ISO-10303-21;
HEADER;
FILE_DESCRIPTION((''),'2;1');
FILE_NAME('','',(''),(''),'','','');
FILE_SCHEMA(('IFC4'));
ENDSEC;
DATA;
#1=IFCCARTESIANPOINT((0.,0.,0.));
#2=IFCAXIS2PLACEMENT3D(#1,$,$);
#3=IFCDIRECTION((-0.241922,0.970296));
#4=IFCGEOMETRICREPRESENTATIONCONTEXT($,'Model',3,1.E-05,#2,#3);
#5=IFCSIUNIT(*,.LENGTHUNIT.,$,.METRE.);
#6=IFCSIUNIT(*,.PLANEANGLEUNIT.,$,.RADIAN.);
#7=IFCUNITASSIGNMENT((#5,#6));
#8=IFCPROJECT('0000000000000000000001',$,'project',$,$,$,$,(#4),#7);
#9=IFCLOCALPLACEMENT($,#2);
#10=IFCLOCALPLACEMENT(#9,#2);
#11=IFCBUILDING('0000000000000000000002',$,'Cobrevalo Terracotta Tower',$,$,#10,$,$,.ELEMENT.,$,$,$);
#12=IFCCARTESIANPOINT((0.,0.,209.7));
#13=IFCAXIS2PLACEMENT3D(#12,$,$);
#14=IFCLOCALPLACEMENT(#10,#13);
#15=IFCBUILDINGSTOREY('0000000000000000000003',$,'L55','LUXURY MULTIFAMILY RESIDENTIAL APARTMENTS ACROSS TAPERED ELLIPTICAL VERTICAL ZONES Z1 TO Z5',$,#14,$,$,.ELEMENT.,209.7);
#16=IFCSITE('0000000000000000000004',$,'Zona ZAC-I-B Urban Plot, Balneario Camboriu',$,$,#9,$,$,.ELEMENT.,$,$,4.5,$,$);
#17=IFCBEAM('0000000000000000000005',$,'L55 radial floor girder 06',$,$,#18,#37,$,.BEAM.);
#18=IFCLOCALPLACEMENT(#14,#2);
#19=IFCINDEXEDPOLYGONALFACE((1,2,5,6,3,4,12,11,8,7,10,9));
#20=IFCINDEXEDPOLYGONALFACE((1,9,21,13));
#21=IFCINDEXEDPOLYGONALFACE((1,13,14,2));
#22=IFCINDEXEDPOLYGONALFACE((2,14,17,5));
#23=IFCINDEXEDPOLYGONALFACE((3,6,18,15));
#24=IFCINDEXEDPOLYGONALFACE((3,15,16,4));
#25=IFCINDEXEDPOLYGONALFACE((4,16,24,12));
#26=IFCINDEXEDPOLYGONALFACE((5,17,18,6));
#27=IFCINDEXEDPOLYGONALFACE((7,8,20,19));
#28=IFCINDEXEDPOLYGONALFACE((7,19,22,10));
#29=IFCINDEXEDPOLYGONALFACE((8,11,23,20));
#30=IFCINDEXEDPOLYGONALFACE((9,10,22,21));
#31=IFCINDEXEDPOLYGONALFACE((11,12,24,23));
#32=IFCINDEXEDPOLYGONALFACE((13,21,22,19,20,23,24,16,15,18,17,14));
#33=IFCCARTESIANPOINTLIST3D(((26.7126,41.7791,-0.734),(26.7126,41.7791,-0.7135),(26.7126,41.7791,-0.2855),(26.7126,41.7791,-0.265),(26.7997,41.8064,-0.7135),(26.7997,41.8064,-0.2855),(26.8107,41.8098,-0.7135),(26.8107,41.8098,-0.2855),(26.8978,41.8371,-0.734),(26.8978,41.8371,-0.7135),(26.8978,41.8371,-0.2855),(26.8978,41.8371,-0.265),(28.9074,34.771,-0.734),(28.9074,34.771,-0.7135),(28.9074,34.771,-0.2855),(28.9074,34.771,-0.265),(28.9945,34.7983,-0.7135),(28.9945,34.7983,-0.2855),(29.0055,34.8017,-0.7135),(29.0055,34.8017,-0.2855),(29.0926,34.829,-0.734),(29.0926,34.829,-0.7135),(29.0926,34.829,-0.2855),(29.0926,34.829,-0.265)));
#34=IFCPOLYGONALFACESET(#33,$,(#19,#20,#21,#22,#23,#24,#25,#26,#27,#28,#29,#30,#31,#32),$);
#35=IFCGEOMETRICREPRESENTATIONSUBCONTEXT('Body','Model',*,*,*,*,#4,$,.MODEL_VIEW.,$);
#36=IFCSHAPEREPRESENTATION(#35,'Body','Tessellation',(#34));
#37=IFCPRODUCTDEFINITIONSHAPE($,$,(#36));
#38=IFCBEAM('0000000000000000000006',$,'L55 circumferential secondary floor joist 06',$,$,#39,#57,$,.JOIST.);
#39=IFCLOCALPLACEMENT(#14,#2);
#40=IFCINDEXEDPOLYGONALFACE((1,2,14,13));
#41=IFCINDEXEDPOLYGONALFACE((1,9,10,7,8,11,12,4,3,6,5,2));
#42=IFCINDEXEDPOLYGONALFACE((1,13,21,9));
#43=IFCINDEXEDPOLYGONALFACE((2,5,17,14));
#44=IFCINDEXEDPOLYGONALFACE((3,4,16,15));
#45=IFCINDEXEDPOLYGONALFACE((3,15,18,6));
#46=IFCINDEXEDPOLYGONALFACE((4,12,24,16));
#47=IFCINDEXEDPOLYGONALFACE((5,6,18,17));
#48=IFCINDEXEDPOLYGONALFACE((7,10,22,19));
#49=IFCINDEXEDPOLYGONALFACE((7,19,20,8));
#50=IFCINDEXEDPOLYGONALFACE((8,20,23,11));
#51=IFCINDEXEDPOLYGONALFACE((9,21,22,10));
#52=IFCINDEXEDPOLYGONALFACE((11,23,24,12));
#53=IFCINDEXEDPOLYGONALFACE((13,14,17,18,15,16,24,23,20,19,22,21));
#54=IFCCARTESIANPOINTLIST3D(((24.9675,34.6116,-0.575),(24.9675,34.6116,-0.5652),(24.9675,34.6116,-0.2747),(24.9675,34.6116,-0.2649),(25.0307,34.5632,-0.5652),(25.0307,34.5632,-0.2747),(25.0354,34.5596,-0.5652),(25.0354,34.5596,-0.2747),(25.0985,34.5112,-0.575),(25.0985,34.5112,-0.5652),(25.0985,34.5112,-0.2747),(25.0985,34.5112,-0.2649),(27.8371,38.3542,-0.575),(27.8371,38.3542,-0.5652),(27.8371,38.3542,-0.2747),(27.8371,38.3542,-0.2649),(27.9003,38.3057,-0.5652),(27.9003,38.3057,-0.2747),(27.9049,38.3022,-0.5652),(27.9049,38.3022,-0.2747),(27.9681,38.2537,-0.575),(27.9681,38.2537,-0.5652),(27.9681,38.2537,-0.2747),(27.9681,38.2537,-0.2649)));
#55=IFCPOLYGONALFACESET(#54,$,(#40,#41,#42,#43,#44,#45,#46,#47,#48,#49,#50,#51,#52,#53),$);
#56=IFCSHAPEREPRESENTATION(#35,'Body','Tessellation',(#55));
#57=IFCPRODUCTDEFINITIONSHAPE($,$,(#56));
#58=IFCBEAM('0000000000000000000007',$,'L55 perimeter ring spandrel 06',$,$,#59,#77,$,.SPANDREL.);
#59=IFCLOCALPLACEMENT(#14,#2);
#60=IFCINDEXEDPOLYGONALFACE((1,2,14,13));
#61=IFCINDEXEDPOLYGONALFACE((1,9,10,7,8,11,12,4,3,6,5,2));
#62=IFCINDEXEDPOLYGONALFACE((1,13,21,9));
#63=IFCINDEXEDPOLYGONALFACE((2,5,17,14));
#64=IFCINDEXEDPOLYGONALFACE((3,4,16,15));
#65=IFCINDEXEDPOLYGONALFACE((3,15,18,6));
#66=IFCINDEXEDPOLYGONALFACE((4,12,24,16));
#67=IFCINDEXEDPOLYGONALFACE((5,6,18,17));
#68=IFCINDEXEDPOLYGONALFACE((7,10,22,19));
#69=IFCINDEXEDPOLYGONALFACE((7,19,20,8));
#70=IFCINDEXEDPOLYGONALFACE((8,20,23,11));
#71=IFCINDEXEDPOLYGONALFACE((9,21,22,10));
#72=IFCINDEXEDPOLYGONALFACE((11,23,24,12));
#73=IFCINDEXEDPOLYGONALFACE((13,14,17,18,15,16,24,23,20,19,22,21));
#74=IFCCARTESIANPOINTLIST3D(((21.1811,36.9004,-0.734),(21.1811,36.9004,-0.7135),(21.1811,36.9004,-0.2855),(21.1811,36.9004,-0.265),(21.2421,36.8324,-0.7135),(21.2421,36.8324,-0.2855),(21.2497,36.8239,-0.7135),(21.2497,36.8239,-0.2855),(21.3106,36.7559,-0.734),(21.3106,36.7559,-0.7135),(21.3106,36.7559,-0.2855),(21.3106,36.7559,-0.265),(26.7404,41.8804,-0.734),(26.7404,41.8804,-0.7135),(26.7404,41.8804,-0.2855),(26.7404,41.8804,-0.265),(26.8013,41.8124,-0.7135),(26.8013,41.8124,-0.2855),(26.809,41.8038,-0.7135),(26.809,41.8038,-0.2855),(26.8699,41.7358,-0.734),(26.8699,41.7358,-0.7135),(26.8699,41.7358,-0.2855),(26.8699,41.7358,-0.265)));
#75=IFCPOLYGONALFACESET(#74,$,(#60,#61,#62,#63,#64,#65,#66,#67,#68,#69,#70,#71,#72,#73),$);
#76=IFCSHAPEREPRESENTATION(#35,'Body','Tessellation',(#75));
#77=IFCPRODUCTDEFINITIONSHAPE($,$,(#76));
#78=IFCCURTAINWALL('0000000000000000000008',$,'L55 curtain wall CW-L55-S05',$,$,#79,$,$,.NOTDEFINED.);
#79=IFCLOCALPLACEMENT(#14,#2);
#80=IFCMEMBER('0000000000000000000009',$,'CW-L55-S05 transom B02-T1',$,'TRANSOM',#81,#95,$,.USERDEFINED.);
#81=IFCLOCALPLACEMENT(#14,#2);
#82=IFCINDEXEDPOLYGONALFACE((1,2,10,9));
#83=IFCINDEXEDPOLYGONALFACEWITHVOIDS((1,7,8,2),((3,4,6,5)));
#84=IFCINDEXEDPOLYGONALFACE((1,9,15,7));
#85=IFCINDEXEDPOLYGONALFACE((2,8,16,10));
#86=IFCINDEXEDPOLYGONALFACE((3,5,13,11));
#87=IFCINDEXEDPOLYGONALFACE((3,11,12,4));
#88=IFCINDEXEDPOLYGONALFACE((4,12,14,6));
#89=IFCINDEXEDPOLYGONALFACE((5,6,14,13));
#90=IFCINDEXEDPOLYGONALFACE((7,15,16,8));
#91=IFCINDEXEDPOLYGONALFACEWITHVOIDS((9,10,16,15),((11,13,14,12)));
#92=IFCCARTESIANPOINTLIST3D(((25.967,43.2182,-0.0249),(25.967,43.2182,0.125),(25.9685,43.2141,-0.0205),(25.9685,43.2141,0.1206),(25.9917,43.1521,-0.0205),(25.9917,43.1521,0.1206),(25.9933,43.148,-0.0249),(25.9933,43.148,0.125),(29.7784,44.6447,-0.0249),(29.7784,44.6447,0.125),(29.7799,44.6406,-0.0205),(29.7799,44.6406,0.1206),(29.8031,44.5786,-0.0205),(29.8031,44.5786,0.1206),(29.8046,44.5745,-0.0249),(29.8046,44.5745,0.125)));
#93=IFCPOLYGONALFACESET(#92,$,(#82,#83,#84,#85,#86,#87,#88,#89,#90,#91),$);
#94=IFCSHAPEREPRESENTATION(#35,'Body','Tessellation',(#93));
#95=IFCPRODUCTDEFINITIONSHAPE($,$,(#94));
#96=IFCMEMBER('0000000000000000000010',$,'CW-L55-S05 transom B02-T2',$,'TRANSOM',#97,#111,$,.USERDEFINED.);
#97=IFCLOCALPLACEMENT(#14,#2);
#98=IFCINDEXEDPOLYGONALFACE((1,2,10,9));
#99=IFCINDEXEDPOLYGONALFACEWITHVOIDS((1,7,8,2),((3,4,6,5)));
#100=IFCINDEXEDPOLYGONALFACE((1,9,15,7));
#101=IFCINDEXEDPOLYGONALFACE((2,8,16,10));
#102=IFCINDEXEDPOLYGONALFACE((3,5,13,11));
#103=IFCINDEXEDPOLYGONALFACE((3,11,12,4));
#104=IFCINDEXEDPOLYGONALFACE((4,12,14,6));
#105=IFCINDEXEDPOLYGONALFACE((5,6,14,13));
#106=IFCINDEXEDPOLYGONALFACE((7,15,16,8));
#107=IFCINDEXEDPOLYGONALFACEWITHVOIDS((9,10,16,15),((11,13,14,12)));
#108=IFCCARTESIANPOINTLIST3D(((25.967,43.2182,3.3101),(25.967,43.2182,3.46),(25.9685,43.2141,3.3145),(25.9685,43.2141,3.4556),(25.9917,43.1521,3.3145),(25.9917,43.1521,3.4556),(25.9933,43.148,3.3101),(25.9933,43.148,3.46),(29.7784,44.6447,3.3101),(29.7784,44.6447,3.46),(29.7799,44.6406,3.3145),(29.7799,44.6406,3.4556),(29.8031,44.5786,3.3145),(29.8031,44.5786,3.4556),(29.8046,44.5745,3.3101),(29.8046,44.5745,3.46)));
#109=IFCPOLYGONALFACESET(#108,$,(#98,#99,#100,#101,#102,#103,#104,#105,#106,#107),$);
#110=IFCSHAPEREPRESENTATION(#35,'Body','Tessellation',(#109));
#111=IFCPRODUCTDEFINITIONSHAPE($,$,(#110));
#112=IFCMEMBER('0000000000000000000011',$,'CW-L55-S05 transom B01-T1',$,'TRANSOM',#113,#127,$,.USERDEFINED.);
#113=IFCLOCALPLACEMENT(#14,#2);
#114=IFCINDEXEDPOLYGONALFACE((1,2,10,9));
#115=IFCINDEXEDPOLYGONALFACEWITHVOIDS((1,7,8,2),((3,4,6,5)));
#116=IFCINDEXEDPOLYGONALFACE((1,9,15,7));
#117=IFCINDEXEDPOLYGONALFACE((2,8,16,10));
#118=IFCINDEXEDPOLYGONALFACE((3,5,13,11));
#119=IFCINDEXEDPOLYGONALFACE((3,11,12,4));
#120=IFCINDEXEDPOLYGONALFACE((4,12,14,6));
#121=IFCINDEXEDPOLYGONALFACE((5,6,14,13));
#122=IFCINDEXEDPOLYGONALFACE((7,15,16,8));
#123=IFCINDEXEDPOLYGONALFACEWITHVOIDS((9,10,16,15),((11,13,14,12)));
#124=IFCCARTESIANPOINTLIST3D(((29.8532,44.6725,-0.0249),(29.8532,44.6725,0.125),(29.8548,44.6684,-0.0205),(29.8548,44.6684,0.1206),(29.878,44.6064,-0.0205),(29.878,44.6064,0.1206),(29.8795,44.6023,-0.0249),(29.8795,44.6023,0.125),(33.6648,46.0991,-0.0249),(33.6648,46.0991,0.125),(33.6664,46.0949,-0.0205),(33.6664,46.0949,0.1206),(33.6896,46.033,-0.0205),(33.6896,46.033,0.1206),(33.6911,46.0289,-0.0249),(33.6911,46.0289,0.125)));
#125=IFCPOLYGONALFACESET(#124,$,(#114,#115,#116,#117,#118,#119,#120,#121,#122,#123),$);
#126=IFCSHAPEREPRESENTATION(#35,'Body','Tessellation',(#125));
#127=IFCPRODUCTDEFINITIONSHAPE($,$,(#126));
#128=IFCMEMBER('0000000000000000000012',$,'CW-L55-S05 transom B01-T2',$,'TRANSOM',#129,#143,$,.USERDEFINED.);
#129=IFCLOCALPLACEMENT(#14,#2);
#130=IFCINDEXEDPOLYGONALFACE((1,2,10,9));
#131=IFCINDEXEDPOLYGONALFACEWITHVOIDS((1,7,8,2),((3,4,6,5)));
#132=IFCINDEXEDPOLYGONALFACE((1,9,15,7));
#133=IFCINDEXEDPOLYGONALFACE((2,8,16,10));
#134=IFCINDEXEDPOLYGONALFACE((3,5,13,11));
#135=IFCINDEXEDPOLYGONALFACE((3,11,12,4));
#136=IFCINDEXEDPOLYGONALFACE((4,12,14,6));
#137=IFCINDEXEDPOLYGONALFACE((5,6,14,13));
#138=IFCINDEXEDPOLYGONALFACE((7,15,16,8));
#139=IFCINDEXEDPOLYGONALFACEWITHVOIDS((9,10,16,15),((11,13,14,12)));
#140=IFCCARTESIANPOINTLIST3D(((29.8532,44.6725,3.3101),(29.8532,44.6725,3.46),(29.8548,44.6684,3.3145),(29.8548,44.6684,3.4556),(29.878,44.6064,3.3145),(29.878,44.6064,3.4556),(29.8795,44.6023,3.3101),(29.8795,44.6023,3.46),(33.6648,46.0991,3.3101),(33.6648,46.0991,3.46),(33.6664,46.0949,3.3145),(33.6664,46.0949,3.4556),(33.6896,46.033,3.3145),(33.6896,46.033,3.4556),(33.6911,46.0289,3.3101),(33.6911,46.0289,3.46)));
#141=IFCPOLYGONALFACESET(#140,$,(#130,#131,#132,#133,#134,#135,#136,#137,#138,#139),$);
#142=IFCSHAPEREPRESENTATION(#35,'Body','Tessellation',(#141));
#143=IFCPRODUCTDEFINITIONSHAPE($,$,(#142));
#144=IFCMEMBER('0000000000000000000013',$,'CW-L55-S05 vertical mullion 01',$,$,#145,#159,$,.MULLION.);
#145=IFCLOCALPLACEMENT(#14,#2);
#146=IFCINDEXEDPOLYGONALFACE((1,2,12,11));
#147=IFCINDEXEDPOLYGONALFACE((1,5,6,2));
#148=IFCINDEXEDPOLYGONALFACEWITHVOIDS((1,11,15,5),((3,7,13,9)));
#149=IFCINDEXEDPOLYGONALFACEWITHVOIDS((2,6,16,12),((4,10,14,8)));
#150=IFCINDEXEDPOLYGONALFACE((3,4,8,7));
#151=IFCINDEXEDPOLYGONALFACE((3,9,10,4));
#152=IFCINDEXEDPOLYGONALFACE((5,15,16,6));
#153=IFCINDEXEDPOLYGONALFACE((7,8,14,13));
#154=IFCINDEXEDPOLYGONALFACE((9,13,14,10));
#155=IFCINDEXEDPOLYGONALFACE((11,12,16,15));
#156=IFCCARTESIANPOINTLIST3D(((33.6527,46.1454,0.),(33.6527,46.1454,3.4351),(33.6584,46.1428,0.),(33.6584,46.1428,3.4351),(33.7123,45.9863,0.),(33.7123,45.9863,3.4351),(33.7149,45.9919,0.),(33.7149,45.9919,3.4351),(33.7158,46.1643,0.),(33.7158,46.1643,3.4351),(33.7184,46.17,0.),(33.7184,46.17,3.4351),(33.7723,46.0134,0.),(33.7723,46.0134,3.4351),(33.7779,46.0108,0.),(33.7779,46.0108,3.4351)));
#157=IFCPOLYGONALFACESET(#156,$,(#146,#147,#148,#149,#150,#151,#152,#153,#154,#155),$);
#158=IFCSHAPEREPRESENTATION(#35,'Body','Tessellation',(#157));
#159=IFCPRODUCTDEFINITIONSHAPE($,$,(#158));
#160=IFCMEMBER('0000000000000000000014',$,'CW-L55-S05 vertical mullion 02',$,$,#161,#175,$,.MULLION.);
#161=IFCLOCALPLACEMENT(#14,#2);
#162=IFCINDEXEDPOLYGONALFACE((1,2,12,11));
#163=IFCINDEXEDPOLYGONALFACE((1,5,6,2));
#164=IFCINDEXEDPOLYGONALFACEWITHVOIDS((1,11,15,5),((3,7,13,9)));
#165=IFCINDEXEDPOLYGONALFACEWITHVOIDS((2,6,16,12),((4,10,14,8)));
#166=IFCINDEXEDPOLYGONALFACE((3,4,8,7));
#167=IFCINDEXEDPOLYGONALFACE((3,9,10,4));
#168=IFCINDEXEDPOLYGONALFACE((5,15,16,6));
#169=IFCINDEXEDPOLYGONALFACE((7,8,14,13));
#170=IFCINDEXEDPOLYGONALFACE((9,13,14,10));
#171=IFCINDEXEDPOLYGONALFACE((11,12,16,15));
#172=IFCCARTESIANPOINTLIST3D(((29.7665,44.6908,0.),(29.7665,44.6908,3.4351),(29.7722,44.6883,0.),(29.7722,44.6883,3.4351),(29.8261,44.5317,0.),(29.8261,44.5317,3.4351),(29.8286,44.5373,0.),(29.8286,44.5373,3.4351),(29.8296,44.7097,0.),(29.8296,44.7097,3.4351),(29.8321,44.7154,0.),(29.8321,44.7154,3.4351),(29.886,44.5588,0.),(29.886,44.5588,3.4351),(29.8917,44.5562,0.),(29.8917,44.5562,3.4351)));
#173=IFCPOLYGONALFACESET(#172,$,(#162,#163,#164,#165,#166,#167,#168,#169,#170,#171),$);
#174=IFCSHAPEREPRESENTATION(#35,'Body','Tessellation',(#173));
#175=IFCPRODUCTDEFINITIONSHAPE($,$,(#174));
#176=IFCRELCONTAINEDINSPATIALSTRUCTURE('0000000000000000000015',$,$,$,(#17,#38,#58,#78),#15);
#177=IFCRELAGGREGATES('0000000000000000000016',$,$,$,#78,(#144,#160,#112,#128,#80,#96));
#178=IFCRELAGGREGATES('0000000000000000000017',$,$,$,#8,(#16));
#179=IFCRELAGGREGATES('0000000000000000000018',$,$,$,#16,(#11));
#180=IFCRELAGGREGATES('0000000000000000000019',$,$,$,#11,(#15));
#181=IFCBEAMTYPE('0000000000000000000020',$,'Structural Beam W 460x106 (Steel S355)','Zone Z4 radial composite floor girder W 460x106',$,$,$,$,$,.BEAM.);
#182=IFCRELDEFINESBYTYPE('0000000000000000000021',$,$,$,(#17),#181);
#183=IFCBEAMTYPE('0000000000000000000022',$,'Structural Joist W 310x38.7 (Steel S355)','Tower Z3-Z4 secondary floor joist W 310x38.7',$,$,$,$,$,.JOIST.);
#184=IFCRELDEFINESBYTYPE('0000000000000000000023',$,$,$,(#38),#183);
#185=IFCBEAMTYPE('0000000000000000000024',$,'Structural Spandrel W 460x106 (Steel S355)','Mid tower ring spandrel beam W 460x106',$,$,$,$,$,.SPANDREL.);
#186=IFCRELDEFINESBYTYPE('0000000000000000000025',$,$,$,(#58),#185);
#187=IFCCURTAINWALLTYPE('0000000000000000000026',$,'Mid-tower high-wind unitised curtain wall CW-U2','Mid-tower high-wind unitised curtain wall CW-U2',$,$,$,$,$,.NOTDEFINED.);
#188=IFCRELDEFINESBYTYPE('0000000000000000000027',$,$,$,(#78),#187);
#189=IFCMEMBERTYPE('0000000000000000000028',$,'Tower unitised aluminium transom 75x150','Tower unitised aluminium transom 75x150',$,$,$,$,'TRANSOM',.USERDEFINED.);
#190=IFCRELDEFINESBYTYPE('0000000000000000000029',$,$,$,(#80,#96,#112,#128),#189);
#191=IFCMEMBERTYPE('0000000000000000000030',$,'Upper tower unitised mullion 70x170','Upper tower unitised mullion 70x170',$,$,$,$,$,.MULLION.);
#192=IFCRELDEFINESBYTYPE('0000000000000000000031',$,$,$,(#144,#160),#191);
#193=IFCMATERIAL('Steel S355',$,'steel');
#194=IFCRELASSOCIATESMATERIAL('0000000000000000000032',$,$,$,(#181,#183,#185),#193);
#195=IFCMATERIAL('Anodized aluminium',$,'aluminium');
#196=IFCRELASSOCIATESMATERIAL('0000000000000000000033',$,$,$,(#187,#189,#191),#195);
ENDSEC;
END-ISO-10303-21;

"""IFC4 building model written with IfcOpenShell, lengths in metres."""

from ifc_helpers import new_model, si_unit, direction, frame, origin, origin_2d, place, context, subcontext, project, spatial, hollow_rectangle, i_section, extrude, source, transform, mapped, material, material_profile, profile_set, type_object, element, aggregate, save


model = new_model("IFC4")

# Units and contexts
model_context = context("Model", 3, precision=1e-05, world=origin(), true_north=direction((-0.241922, 0.970296)))
body_context = subcontext(model_context, "Body", "Model", "MODEL_VIEW")
ifc_project = project(units=[si_unit("LENGTHUNIT", "METRE"), si_unit("PLANEANGLEUNIT", "RADIAN")], contexts=[model_context])

# Site, building, storey
site_placement = place(None, origin())
site = spatial("IfcSite", under=ifc_project, at=site_placement, Name="Zona ZAC-I-B Urban Plot, Balneario Camboriu", CompositionType="ELEMENT", RefElevation=4.5)
building_placement = place(site_placement, origin())
building = spatial("IfcBuilding", under=site, at=building_placement, Name="Cobrevalo Terracotta Tower", CompositionType="ELEMENT")
storey_placement = place(building_placement, frame((0.0, 0.0, 209.7)))
storey = spatial("IfcBuildingStorey", under=building, at=storey_placement, Name="L55", Description="LUXURY MULTIFAMILY RESIDENTIAL APARTMENTS ACROSS TAPERED ELLIPTICAL VERTICAL ZONES Z1 TO Z5", CompositionType="ELEMENT", Elevation=209.7)

# Shared definitions
ifc_material_1 = material(Name="Steel S355", Category="steel")

# Beams
ifc_material_profile_1 = material_profile(ifc_material_1, i_section(OverallWidth=0.1941, OverallDepth=0.469, WebThickness=0.0115, FlangeThickness=0.0205, at=origin_2d()), Name="W 460x106")
ifc_profile_set_1 = profile_set([ifc_material_profile_1], Name="Steel S355")
beam_type_1 = type_object("IfcBeamType", Name="Structural Beam W 460x106 (Steel S355)", Description="Zone Z4 radial composite floor girder W 460x106", PredefinedType="BEAM", material=ifc_profile_set_1)
beam_1_placement = place(storey_placement, frame((26.8052, 41.8081, -0.4995), z_axis=(0.298871, -0.954293, 0.0), x_axis=(0.954293, 0.298871, 0.0)))
element("IfcBeam", 1, at=beam_1_placement, inside=storey, type_object=beam_type_1, Name="L55 radial floor girder 06", PredefinedType="BEAM", context=body_context, shape_type="SweptSolid", body=[
    extrude(i_section(OverallWidth=0.1941, OverallDepth=0.469, WebThickness=0.0115, FlangeThickness=0.0205, at=origin_2d()), origin(), (0.0, 0.0, 1.0), 7.3438),
])
ifc_material_profile_2 = material_profile(ifc_material_1, i_section(OverallWidth=0.165, OverallDepth=0.3101, WebThickness=0.0059, FlangeThickness=0.0098, at=origin_2d()), Name="W 310x38.7")
ifc_profile_set_2 = profile_set([ifc_material_profile_2], Name="Steel S355")
beam_type_2 = type_object("IfcBeamType", Name="Structural Joist W 310x38.7 (Steel S355)", Description="Tower Z3-Z4 secondary floor joist W 310x38.7", PredefinedType="JOIST", material=ifc_profile_set_2)
beam_2_placement = place(storey_placement, frame((27.9026, 38.304, -0.4199), z_axis=(-0.608464, -0.793581, 0.0), x_axis=(0.793581, -0.608464, 0.0)))
element("IfcBeam", 2, at=beam_2_placement, inside=storey, type_object=beam_type_2, Name="L55 circumferential secondary floor joist 06", PredefinedType="JOIST", context=body_context, shape_type="SweptSolid", body=[
    extrude(i_section(OverallWidth=0.165, OverallDepth=0.3101, WebThickness=0.0059, FlangeThickness=0.0098, at=origin_2d()), origin(), (0.0, 0.0, 1.0), 4.7161),
])
ifc_material_profile_3 = material_profile(ifc_material_1, i_section(OverallWidth=0.1941, OverallDepth=0.469, WebThickness=0.0115, FlangeThickness=0.0205, at=origin_2d()), Name="W 460x106")
ifc_profile_set_3 = profile_set([ifc_material_profile_3], Name="Steel S355")
beam_type_3 = type_object("IfcBeamType", Name="Structural Spandrel W 460x106 (Steel S355)", Description="Mid tower ring spandrel beam W 460x106", PredefinedType="SPANDREL", material=ifc_profile_set_3)
beam_3_placement = place(storey_placement, frame((26.8052, 41.8081, -0.4995), z_axis=(-0.744852, -0.66723, 0.0), x_axis=(0.66723, -0.744852, 0.0)))
element("IfcBeam", 3, at=beam_3_placement, inside=storey, type_object=beam_type_3, Name="L55 perimeter ring spandrel 06", PredefinedType="SPANDREL", context=body_context, shape_type="SweptSolid", body=[
    extrude(i_section(OverallWidth=0.1941, OverallDepth=0.469, WebThickness=0.0115, FlangeThickness=0.0205, at=origin_2d()), origin(), (0.0, 0.0, 1.0), 7.4636),
])

# Curtain wall, members
ifc_material_2 = material(Name="Anodized aluminium", Category="aluminium")
curtain_wall_type = type_object("IfcCurtainWallType", Name="Mid-tower high-wind unitised curtain wall CW-U2", Description="Mid-tower high-wind unitised curtain wall CW-U2", PredefinedType="NOTDEFINED", material=ifc_material_2)
curtain_wall_placement = place(storey_placement, origin())
curtain_wall = element("IfcCurtainWall", 4, at=curtain_wall_placement, inside=storey, type_object=curtain_wall_type, Name="L55 curtain wall CW-L55-S05", PredefinedType="NOTDEFINED")
ifc_material_profile_4 = material_profile(ifc_material_2, hollow_rectangle(XDim=0.075, YDim=0.1499, WallThickness=0.0044, at=origin_2d()), Name="CWT 75x150")
ifc_profile_set_4 = profile_set([ifc_material_profile_4], Name="Anodized aluminium")
member_type_1 = type_object("IfcMemberType", Name="Tower unitised aluminium transom 75x150", Description="Tower unitised aluminium transom 75x150", ElementType="TRANSOM", PredefinedType="USERDEFINED", material=ifc_profile_set_4)
shared_shape_1 = source(origin(), body_context, "Body", "SweptSolid", [
    extrude(hollow_rectangle(XDim=0.075, YDim=0.1499, WallThickness=0.0044, at=origin_2d()), origin(), (0.0, 0.0, 1.0), 4.0696),
])
member_1_placement = place(storey_placement, frame((29.7915, 44.6096, 0.05), z_axis=(-0.936548, -0.350538, 0.0), x_axis=(0.350538, -0.936548, 0.0)))
member_1 = element("IfcMember", 5, at=member_1_placement, type_object=member_type_1, Name="CW-L55-S05 transom B02-T1", ObjectType="TRANSOM", PredefinedType="USERDEFINED", context=body_context, shape_type="MappedRepresentation", body=[
    mapped(shared_shape_1, transform((0.0, 0.0, 0.0), scale=1.0)),
])
member_2_placement = place(storey_placement, frame((29.7915, 44.6096, 3.385), z_axis=(-0.936548, -0.350538, 0.0), x_axis=(0.350538, -0.936548, 0.0)))
member_2 = element("IfcMember", 6, at=member_2_placement, type_object=member_type_1, Name="CW-L55-S05 transom B02-T2", ObjectType="TRANSOM", PredefinedType="USERDEFINED", context=body_context, shape_type="MappedRepresentation", body=[
    mapped(shared_shape_1, transform((0.0, 0.0, 0.0), scale=1.0)),
])
shared_shape_2 = source(origin(), body_context, "Body", "SweptSolid", [
    extrude(hollow_rectangle(XDim=0.075, YDim=0.1499, WallThickness=0.0044, at=origin_2d()), origin(), (0.0, 0.0, 1.0), 4.0698),
])
member_3_placement = place(storey_placement, frame((33.678, 46.064, 0.05), z_axis=(-0.936556, -0.350519, 0.0), x_axis=(0.350519, -0.936556, 0.0)))
member_3 = element("IfcMember", 7, at=member_3_placement, type_object=member_type_1, Name="CW-L55-S05 transom B01-T1", ObjectType="TRANSOM", PredefinedType="USERDEFINED", context=body_context, shape_type="MappedRepresentation", body=[
    mapped(shared_shape_2, transform((0.0, 0.0, 0.0), scale=1.0)),
])
member_4_placement = place(storey_placement, frame((33.678, 46.064, 3.385), z_axis=(-0.936556, -0.350519, 0.0), x_axis=(0.350519, -0.936556, 0.0)))
member_4 = element("IfcMember", 8, at=member_4_placement, type_object=member_type_1, Name="CW-L55-S05 transom B01-T2", ObjectType="TRANSOM", PredefinedType="USERDEFINED", context=body_context, shape_type="MappedRepresentation", body=[
    mapped(shared_shape_2, transform((0.0, 0.0, 0.0), scale=1.0)),
])
ifc_material_profile_5 = material_profile(ifc_material_2, hollow_rectangle(XDim=0.0701, YDim=0.1699, WallThickness=0.0044, at=origin_2d()), Name="CWM 70x170")
ifc_profile_set_5 = profile_set([ifc_material_profile_5], Name="Anodized aluminium")
member_type_2 = type_object("IfcMemberType", Name="Upper tower unitised mullion 70x170", Description="Upper tower unitised mullion 70x170", PredefinedType="MULLION", material=ifc_profile_set_5)
shared_shape_3 = source(origin(), body_context, "Body", "SweptSolid", [
    extrude(hollow_rectangle(XDim=0.0701, YDim=0.1699, WallThickness=0.0044, at=origin_2d()), origin(), (0.0, 0.0, 1.0), 3.4351),
])
member_5_placement = place(storey_placement, frame((33.7153, 46.0781, 0.0), z_axis=(0.0, 0.0, 1.0), x_axis=(-0.936556, -0.350518, 0.0)))
member_5 = element("IfcMember", 9, at=member_5_placement, type_object=member_type_2, Name="CW-L55-S05 vertical mullion 01", PredefinedType="MULLION", context=body_context, shape_type="MappedRepresentation", body=[
    mapped(shared_shape_3, transform((0.0, 0.0, 0.0), scale=1.0)),
])
member_6_placement = place(storey_placement, frame((29.8291, 44.6235, 0.0), z_axis=(0.0, 0.0, 1.0), x_axis=(-0.936556, -0.350518, 0.0)))
member_6 = element("IfcMember", 10, at=member_6_placement, type_object=member_type_2, Name="CW-L55-S05 vertical mullion 02", PredefinedType="MULLION", context=body_context, shape_type="MappedRepresentation", body=[
    mapped(shared_shape_3, transform((0.0, 0.0, 0.0), scale=1.0)),
])
aggregate(curtain_wall, [member_5, member_6, member_3, member_4, member_1, member_2])

save(model, "model.ifc")
